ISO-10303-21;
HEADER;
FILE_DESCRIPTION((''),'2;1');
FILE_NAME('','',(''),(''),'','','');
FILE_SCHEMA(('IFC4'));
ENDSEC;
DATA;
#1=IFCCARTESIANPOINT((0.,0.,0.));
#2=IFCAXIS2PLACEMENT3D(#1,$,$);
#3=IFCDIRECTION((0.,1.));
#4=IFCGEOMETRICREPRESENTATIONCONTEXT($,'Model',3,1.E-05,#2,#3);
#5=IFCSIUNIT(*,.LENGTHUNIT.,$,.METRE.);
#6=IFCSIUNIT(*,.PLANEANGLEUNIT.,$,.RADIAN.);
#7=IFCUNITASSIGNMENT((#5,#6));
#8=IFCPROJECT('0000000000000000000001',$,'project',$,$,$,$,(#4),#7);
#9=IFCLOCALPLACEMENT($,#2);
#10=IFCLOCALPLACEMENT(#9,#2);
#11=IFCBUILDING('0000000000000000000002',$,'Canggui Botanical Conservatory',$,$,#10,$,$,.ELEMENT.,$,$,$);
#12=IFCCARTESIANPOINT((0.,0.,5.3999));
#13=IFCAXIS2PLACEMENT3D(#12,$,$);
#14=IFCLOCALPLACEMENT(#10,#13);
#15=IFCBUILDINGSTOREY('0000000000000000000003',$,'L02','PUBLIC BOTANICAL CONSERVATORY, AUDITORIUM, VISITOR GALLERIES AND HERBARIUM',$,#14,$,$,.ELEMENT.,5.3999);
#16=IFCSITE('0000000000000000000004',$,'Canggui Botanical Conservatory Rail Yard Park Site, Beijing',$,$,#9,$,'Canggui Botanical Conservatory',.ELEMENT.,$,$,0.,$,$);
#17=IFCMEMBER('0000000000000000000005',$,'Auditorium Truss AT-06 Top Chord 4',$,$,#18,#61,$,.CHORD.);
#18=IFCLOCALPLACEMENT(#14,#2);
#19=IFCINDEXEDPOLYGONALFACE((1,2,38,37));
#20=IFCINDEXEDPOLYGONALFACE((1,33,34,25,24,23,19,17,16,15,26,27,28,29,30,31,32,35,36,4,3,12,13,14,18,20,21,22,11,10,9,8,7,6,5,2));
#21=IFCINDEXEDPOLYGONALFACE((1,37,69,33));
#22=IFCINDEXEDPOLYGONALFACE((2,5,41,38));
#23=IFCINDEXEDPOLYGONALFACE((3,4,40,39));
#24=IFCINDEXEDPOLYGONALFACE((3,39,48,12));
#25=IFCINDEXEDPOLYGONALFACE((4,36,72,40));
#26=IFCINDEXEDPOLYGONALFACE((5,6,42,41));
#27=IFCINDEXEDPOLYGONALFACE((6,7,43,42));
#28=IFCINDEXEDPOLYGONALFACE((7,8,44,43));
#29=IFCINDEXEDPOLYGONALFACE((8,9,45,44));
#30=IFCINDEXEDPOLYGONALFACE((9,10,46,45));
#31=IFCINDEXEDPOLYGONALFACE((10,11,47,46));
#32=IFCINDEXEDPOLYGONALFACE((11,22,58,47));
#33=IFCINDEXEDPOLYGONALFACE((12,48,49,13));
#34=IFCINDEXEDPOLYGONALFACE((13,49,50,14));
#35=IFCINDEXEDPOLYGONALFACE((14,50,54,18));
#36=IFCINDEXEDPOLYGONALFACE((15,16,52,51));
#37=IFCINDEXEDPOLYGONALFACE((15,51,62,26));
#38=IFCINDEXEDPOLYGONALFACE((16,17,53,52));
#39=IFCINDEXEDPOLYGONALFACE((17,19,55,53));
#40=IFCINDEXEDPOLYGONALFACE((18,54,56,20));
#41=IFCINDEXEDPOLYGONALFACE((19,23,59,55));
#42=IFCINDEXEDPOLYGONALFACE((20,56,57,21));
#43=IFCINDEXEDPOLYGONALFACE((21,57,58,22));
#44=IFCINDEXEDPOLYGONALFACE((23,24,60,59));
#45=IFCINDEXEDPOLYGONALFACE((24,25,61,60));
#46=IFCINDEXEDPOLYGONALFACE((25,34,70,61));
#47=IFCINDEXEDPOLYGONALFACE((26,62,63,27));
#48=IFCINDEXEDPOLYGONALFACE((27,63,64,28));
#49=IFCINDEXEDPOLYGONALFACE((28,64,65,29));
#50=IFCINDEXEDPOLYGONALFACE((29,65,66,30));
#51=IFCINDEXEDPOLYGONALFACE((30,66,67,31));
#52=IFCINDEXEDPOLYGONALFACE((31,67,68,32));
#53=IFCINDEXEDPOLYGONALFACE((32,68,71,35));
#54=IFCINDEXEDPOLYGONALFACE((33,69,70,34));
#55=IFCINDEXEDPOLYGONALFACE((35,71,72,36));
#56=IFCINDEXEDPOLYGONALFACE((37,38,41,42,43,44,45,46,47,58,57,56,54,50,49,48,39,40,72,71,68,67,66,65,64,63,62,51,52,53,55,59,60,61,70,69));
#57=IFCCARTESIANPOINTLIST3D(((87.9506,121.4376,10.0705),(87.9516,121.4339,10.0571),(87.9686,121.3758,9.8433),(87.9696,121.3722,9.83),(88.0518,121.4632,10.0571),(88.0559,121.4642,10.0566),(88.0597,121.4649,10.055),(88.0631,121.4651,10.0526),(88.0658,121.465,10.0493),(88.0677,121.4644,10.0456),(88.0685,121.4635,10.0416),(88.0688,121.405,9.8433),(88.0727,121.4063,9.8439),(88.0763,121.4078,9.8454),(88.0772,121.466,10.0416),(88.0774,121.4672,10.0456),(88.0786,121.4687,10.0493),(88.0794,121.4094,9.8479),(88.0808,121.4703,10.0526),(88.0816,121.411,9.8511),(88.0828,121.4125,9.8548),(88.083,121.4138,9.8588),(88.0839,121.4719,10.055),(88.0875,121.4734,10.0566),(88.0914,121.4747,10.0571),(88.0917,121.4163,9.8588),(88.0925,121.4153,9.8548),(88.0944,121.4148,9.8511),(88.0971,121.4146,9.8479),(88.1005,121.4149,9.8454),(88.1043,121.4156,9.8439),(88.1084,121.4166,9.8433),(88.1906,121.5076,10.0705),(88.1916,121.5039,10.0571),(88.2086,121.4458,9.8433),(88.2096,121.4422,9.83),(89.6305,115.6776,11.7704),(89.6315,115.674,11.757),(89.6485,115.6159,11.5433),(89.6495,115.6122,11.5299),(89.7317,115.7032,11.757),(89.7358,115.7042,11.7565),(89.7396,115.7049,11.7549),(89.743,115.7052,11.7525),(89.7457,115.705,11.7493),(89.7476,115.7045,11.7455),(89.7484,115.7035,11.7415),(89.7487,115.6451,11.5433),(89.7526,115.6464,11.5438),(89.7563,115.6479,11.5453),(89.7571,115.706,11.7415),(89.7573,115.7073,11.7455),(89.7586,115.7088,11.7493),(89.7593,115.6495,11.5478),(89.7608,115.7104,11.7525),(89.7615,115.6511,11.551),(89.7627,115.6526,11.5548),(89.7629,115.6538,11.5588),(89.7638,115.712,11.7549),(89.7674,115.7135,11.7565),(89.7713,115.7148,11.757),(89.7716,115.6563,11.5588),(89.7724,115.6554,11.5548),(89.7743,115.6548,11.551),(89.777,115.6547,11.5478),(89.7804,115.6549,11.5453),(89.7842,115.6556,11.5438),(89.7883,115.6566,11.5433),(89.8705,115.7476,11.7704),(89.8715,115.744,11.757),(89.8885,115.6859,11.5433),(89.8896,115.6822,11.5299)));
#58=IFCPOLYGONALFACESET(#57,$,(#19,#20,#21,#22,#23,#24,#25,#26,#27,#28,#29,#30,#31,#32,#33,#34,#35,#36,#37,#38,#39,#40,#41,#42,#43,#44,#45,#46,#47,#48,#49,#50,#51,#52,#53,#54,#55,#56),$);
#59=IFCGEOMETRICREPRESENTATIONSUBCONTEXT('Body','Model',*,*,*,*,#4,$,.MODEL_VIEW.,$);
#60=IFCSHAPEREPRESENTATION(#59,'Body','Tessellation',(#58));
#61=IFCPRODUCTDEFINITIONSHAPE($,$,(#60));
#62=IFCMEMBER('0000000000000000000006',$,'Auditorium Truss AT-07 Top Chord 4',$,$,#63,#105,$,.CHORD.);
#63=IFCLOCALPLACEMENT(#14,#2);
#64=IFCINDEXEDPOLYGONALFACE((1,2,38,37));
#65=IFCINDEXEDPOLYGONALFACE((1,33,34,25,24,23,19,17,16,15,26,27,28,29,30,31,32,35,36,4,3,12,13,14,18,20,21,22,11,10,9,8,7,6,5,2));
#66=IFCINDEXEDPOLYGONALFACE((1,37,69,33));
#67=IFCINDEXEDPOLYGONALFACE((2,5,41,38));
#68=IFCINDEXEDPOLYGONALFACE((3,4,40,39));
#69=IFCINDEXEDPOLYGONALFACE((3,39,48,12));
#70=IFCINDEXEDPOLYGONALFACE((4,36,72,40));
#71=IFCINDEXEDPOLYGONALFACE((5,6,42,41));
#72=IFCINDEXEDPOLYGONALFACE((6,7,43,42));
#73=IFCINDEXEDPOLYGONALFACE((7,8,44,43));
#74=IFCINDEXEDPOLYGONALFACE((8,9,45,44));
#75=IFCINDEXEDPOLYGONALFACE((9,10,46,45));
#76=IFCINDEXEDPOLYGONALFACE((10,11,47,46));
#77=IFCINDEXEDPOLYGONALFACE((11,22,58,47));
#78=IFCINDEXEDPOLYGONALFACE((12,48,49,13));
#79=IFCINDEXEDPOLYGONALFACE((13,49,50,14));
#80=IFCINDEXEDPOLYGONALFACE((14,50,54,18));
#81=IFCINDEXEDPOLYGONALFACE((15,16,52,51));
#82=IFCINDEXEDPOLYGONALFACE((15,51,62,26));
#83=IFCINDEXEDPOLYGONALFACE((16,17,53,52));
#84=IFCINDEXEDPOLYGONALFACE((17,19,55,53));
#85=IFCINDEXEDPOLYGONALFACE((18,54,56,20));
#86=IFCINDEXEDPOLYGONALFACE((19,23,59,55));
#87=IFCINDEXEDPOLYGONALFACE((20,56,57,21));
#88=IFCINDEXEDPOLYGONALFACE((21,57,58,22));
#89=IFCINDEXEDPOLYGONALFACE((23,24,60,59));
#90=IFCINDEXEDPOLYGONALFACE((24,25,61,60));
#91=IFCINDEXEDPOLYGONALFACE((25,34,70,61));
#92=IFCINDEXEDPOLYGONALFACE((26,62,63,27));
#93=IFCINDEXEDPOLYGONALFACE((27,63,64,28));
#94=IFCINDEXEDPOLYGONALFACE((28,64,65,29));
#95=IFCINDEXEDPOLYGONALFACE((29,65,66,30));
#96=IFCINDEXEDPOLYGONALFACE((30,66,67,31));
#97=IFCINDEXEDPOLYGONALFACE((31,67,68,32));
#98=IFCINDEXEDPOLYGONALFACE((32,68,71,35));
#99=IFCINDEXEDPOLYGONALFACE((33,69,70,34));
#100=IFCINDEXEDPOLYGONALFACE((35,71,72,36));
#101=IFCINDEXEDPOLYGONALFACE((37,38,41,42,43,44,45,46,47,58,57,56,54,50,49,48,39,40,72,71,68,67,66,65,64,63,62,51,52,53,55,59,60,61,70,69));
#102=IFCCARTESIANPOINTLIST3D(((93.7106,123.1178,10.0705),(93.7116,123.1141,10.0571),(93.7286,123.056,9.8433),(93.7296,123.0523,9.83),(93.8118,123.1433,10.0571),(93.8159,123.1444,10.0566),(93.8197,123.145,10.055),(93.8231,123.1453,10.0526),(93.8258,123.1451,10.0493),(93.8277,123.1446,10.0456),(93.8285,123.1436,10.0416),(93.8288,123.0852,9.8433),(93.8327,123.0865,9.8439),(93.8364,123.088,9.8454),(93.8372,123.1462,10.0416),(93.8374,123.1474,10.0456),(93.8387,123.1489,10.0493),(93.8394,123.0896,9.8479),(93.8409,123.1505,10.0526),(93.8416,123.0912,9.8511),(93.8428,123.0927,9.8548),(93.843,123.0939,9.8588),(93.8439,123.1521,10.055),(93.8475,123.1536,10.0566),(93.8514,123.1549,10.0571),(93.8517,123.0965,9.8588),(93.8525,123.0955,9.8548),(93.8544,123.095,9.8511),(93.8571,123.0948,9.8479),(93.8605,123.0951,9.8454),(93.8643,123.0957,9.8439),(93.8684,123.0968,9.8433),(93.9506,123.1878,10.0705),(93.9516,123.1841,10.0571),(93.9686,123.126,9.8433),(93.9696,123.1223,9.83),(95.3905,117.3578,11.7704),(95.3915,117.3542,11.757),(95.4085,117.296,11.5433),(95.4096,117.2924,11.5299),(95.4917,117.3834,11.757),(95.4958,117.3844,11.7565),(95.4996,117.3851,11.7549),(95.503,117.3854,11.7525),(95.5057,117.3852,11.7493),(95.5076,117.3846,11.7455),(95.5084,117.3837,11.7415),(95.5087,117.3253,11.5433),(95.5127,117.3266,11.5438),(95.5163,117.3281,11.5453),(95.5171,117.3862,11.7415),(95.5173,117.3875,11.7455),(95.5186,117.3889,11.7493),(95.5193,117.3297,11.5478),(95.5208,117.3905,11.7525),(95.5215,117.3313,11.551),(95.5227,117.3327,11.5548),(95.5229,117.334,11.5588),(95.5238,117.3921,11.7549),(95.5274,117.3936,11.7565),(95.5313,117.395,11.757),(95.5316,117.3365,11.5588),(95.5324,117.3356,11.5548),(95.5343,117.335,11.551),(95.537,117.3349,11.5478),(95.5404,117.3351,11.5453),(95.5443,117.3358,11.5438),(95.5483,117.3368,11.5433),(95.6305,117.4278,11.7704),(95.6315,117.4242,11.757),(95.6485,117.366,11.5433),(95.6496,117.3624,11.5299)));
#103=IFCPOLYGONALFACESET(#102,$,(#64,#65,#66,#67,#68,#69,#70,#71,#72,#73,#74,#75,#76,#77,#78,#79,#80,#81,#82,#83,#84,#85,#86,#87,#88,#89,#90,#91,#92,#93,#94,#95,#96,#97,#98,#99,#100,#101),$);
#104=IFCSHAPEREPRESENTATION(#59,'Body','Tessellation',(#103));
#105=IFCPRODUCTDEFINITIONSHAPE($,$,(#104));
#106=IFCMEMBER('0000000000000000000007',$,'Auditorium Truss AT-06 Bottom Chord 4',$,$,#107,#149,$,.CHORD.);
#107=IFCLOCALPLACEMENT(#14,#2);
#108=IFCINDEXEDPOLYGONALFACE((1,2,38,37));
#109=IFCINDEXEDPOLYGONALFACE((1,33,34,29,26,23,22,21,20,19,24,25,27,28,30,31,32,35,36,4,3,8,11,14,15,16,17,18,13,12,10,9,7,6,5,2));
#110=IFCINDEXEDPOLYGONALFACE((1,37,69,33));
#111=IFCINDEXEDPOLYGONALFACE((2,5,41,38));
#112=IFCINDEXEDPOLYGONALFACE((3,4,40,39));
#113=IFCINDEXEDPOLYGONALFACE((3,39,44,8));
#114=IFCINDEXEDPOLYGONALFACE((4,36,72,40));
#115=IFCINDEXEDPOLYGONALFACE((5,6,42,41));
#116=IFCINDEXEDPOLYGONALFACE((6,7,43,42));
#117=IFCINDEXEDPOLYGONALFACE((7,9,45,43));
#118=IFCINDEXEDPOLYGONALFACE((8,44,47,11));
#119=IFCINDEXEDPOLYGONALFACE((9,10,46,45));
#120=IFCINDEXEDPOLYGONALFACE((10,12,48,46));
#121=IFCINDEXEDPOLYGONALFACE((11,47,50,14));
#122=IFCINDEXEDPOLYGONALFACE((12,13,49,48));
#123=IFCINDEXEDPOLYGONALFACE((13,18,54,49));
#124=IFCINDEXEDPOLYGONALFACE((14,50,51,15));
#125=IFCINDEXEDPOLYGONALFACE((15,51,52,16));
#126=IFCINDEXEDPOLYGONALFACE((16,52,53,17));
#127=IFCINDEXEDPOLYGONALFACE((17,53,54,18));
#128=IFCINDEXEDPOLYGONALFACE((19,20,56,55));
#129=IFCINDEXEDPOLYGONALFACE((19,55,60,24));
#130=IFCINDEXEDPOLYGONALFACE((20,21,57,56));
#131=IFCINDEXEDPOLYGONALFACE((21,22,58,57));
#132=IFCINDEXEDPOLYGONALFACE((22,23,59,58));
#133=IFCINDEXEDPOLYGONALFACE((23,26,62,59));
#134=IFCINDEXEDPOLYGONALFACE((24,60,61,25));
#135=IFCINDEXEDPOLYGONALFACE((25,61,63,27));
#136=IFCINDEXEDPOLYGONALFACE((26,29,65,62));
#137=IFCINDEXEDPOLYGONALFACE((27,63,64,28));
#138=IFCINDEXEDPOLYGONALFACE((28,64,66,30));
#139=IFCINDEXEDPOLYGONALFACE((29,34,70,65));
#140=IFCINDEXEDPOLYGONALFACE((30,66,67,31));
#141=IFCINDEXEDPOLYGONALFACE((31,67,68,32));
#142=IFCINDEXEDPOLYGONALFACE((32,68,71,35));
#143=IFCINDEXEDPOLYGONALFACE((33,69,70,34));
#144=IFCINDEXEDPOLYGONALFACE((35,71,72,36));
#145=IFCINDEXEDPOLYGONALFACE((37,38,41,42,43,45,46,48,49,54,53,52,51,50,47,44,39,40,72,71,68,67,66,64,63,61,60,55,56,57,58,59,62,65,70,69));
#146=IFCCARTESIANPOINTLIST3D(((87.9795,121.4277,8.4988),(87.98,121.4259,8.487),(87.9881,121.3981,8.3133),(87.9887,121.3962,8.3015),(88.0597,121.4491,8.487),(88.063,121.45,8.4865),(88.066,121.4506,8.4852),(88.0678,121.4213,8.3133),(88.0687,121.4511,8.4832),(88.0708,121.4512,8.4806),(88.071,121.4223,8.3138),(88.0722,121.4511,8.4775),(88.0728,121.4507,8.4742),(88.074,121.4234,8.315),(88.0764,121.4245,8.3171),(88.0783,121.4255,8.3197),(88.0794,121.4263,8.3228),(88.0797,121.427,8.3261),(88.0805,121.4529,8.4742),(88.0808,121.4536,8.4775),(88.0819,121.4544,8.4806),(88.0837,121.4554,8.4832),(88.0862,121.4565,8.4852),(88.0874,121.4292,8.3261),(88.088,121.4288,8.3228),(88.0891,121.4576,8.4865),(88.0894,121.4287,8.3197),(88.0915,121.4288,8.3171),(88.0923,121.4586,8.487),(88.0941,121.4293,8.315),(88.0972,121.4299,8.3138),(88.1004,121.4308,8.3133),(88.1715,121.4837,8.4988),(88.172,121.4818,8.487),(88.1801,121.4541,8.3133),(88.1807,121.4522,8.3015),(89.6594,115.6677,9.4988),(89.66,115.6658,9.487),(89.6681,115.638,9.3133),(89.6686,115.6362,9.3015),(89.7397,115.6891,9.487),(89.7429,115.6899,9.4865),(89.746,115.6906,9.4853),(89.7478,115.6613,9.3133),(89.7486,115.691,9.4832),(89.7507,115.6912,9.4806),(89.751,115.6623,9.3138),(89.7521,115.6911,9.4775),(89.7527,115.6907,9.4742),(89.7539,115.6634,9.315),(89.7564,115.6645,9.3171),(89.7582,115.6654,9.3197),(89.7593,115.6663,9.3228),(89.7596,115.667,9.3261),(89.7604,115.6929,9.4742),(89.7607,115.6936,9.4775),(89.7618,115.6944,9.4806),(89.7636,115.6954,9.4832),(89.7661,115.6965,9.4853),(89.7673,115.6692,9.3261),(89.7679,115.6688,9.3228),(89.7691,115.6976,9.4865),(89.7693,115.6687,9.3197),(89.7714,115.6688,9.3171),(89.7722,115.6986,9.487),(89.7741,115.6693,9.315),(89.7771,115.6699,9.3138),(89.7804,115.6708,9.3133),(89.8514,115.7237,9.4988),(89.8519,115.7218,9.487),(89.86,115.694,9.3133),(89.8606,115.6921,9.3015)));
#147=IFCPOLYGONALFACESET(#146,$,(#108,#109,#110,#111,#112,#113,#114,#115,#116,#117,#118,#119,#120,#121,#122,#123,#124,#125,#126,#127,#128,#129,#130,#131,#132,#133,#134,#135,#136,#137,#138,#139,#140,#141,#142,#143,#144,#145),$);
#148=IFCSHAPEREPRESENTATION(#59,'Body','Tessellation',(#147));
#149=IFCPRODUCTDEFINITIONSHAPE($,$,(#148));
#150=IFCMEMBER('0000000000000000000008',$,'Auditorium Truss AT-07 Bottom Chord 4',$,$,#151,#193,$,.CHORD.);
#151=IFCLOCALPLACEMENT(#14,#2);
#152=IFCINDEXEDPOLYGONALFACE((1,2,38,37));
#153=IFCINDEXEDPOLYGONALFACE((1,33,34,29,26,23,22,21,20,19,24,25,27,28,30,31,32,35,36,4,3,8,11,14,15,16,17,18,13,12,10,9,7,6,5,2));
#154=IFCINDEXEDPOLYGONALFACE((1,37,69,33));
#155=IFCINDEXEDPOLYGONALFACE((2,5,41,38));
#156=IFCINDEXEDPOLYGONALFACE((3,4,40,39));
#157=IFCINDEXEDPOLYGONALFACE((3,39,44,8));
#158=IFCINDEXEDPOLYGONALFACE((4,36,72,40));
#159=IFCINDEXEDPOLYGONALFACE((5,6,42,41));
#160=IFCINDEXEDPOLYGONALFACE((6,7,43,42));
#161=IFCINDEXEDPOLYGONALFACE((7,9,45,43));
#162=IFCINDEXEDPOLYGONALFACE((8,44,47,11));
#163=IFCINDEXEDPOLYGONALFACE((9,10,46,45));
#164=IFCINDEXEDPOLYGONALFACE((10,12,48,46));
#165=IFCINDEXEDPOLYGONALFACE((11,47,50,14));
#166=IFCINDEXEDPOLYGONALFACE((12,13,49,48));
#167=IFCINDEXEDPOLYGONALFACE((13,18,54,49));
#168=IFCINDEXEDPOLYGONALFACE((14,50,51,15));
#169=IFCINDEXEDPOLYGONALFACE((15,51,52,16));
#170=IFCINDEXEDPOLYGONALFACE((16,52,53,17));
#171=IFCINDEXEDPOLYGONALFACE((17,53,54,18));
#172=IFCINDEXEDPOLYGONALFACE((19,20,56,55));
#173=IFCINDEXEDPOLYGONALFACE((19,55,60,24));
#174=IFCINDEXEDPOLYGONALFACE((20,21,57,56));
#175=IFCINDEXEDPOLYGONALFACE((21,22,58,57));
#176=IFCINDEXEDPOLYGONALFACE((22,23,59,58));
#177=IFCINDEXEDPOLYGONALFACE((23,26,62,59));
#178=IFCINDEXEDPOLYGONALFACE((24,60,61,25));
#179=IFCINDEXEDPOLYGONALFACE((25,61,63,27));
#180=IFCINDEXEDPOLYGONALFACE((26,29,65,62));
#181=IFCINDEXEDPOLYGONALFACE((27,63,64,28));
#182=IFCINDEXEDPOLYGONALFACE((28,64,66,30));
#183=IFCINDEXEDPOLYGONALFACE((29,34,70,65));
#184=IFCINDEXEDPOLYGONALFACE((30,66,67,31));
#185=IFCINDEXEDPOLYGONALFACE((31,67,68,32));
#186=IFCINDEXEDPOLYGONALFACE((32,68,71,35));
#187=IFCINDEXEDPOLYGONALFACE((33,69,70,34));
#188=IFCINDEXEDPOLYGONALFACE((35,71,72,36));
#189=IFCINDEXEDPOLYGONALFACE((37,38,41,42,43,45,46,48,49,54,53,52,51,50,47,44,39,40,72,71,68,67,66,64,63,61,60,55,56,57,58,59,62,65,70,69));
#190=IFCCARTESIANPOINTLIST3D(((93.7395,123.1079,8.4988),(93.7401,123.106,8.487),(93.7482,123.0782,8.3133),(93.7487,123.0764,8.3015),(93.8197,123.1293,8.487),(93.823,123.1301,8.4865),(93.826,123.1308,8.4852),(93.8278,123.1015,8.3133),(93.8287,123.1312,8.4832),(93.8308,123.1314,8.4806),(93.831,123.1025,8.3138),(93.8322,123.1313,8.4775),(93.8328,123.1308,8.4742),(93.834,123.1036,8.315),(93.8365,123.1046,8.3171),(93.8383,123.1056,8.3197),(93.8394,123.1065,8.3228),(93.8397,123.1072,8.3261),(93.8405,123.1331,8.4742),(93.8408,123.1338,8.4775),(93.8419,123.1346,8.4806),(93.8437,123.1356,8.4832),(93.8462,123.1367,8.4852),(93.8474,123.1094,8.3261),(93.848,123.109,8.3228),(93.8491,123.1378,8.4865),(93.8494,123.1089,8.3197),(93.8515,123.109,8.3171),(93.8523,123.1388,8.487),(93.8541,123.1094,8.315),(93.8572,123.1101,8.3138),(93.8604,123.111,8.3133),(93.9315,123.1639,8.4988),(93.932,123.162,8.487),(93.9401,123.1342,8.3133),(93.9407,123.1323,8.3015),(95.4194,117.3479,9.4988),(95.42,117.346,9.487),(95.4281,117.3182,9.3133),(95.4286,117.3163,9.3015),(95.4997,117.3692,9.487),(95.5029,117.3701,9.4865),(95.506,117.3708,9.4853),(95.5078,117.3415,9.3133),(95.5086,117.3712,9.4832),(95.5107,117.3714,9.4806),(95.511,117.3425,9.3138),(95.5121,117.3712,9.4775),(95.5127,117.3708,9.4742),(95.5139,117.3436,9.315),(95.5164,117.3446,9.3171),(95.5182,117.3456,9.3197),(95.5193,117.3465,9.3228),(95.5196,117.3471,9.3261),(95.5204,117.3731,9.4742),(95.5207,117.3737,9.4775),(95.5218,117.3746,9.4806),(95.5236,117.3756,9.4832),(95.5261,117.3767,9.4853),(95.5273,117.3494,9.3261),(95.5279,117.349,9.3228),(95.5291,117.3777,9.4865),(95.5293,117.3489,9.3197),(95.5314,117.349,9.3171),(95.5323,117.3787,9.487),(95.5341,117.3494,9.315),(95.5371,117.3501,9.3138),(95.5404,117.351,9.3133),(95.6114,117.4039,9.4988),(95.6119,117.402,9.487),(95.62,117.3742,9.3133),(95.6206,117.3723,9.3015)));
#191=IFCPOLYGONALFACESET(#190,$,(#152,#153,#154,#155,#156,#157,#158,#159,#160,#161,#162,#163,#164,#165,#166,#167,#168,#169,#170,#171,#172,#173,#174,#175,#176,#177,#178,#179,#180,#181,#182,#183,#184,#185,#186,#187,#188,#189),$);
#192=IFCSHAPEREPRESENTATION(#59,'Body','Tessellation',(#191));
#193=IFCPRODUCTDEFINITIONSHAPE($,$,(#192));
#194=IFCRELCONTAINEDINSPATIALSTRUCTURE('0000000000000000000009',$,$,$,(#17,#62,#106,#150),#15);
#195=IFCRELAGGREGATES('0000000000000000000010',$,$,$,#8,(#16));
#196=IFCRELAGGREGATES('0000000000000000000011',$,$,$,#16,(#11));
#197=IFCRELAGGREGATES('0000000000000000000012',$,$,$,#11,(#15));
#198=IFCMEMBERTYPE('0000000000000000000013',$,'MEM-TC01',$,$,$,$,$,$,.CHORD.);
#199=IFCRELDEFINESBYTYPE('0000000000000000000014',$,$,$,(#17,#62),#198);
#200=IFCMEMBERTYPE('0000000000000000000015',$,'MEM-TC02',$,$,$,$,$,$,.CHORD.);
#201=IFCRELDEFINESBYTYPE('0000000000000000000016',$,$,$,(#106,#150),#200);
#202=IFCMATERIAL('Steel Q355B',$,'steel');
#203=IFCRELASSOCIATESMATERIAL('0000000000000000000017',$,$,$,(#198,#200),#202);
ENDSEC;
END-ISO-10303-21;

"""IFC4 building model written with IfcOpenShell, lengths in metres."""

from ifc_helpers import new_model, si_unit, direction, frame, origin, origin_2d, place, context, subcontext, project, spatial, i_section, extrude, material, material_profile, profile_set, type_object, element, save


model = new_model("IFC4")

# Units and contexts
model_context = context("Model", 3, precision=1e-05, world=origin(), true_north=direction((0.0, 1.0)))
body_context = subcontext(model_context, "Body", "Model", "MODEL_VIEW")
ifc_project = project(units=[si_unit("LENGTHUNIT", "METRE"), si_unit("PLANEANGLEUNIT", "RADIAN")], contexts=[model_context])

# Site, building, storey
site_placement = place(None, origin())
site = spatial("IfcSite", under=ifc_project, at=site_placement, Name="Canggui Botanical Conservatory Rail Yard Park Site, Beijing", LongName="Canggui Botanical Conservatory", CompositionType="ELEMENT", RefElevation=0.0)
building_placement = place(site_placement, origin())
building = spatial("IfcBuilding", under=site, at=building_placement, Name="Canggui Botanical Conservatory", CompositionType="ELEMENT")
storey_placement = place(building_placement, frame((0.0, 0.0, 5.3999)))
storey = spatial("IfcBuildingStorey", under=building, at=storey_placement, Name="L02", Description="PUBLIC BOTANICAL CONSERVATORY, AUDITORIUM, VISITOR GALLERIES AND HERBARIUM", CompositionType="ELEMENT", Elevation=5.3999)

# Shared definitions
ifc_material_1 = material(Name="Steel Q355B", Category="steel")

# Members
ifc_material_profile_1 = material_profile(ifc_material_1, i_section(OverallWidth=0.25, OverallDepth=0.25, WebThickness=0.009, FlangeThickness=0.0139, FilletRadius=0.0161, at=origin_2d()), Name="HW 250x250x9x14")
ifc_profile_set_1 = profile_set([ifc_material_profile_1], Name="Steel Q355B")
member_type_1 = type_object("IfcMemberType", Name="MEM-TC01", PredefinedType="CHORD", material=ifc_profile_set_1)
for number, where, z_axis, x_axis, name in (
    (1, (89.76, 115.6799, 11.6501), (-0.269386, 0.923647, -0.272596), (-0.960003, -0.279989, 0.0), "Auditorium Truss AT-06 Top Chord 4"),
    (2, (95.52, 117.3601, 11.6501), (-0.269386, 0.923647, -0.272596), (-0.960003, -0.279989, 0.0), "Auditorium Truss AT-07 Top Chord 4"),
):
    element("IfcMember", number, at=place(storey_placement, frame(where, z_axis=z_axis, x_axis=x_axis)), inside=storey, type_object=member_type_1, Name=name, PredefinedType="CHORD", context=body_context, shape_type="SweptSolid", body=[
        extrude(i_section(OverallWidth=0.25, OverallDepth=0.25, WebThickness=0.009, FlangeThickness=0.0139, FilletRadius=0.0161, at=origin_2d()), origin(), (0.0, 0.0, 1.0), 6.2361),
    ])
ifc_material_profile_2 = material_profile(ifc_material_1, i_section(OverallWidth=0.2, OverallDepth=0.2, WebThickness=0.0081, FlangeThickness=0.012, FilletRadius=0.0129, at=origin_2d()), Name="HW 200x200x8x12")
ifc_profile_set_2 = profile_set([ifc_material_profile_2], Name="Steel Q355B")
member_type_2 = type_object("IfcMemberType", Name="MEM-TC02", PredefinedType="CHORD", material=ifc_profile_set_2)
for number, where, z_axis, x_axis, name in (
    (3, (89.76, 115.6799, 9.4001), (-0.276179, 0.946941, -0.164399), (-0.960003, -0.279989, 0.0), "Auditorium Truss AT-06 Bottom Chord 4"),
    (4, (95.52, 117.3601, 9.4001), (-0.276179, 0.946941, -0.164399), (-0.960003, -0.279989, 0.0), "Auditorium Truss AT-07 Bottom Chord 4"),
):
    element("IfcMember", number, at=place(storey_placement, frame(where, z_axis=z_axis, x_axis=x_axis)), inside=storey, type_object=member_type_2, Name=name, PredefinedType="CHORD", context=body_context, shape_type="SweptSolid", body=[
        extrude(i_section(OverallWidth=0.2, OverallDepth=0.2, WebThickness=0.0081, FlangeThickness=0.012, FilletRadius=0.0129, at=origin_2d()), origin(), (0.0, 0.0, 1.0), 6.0828),
    ])

save(model, "model.ifc")
